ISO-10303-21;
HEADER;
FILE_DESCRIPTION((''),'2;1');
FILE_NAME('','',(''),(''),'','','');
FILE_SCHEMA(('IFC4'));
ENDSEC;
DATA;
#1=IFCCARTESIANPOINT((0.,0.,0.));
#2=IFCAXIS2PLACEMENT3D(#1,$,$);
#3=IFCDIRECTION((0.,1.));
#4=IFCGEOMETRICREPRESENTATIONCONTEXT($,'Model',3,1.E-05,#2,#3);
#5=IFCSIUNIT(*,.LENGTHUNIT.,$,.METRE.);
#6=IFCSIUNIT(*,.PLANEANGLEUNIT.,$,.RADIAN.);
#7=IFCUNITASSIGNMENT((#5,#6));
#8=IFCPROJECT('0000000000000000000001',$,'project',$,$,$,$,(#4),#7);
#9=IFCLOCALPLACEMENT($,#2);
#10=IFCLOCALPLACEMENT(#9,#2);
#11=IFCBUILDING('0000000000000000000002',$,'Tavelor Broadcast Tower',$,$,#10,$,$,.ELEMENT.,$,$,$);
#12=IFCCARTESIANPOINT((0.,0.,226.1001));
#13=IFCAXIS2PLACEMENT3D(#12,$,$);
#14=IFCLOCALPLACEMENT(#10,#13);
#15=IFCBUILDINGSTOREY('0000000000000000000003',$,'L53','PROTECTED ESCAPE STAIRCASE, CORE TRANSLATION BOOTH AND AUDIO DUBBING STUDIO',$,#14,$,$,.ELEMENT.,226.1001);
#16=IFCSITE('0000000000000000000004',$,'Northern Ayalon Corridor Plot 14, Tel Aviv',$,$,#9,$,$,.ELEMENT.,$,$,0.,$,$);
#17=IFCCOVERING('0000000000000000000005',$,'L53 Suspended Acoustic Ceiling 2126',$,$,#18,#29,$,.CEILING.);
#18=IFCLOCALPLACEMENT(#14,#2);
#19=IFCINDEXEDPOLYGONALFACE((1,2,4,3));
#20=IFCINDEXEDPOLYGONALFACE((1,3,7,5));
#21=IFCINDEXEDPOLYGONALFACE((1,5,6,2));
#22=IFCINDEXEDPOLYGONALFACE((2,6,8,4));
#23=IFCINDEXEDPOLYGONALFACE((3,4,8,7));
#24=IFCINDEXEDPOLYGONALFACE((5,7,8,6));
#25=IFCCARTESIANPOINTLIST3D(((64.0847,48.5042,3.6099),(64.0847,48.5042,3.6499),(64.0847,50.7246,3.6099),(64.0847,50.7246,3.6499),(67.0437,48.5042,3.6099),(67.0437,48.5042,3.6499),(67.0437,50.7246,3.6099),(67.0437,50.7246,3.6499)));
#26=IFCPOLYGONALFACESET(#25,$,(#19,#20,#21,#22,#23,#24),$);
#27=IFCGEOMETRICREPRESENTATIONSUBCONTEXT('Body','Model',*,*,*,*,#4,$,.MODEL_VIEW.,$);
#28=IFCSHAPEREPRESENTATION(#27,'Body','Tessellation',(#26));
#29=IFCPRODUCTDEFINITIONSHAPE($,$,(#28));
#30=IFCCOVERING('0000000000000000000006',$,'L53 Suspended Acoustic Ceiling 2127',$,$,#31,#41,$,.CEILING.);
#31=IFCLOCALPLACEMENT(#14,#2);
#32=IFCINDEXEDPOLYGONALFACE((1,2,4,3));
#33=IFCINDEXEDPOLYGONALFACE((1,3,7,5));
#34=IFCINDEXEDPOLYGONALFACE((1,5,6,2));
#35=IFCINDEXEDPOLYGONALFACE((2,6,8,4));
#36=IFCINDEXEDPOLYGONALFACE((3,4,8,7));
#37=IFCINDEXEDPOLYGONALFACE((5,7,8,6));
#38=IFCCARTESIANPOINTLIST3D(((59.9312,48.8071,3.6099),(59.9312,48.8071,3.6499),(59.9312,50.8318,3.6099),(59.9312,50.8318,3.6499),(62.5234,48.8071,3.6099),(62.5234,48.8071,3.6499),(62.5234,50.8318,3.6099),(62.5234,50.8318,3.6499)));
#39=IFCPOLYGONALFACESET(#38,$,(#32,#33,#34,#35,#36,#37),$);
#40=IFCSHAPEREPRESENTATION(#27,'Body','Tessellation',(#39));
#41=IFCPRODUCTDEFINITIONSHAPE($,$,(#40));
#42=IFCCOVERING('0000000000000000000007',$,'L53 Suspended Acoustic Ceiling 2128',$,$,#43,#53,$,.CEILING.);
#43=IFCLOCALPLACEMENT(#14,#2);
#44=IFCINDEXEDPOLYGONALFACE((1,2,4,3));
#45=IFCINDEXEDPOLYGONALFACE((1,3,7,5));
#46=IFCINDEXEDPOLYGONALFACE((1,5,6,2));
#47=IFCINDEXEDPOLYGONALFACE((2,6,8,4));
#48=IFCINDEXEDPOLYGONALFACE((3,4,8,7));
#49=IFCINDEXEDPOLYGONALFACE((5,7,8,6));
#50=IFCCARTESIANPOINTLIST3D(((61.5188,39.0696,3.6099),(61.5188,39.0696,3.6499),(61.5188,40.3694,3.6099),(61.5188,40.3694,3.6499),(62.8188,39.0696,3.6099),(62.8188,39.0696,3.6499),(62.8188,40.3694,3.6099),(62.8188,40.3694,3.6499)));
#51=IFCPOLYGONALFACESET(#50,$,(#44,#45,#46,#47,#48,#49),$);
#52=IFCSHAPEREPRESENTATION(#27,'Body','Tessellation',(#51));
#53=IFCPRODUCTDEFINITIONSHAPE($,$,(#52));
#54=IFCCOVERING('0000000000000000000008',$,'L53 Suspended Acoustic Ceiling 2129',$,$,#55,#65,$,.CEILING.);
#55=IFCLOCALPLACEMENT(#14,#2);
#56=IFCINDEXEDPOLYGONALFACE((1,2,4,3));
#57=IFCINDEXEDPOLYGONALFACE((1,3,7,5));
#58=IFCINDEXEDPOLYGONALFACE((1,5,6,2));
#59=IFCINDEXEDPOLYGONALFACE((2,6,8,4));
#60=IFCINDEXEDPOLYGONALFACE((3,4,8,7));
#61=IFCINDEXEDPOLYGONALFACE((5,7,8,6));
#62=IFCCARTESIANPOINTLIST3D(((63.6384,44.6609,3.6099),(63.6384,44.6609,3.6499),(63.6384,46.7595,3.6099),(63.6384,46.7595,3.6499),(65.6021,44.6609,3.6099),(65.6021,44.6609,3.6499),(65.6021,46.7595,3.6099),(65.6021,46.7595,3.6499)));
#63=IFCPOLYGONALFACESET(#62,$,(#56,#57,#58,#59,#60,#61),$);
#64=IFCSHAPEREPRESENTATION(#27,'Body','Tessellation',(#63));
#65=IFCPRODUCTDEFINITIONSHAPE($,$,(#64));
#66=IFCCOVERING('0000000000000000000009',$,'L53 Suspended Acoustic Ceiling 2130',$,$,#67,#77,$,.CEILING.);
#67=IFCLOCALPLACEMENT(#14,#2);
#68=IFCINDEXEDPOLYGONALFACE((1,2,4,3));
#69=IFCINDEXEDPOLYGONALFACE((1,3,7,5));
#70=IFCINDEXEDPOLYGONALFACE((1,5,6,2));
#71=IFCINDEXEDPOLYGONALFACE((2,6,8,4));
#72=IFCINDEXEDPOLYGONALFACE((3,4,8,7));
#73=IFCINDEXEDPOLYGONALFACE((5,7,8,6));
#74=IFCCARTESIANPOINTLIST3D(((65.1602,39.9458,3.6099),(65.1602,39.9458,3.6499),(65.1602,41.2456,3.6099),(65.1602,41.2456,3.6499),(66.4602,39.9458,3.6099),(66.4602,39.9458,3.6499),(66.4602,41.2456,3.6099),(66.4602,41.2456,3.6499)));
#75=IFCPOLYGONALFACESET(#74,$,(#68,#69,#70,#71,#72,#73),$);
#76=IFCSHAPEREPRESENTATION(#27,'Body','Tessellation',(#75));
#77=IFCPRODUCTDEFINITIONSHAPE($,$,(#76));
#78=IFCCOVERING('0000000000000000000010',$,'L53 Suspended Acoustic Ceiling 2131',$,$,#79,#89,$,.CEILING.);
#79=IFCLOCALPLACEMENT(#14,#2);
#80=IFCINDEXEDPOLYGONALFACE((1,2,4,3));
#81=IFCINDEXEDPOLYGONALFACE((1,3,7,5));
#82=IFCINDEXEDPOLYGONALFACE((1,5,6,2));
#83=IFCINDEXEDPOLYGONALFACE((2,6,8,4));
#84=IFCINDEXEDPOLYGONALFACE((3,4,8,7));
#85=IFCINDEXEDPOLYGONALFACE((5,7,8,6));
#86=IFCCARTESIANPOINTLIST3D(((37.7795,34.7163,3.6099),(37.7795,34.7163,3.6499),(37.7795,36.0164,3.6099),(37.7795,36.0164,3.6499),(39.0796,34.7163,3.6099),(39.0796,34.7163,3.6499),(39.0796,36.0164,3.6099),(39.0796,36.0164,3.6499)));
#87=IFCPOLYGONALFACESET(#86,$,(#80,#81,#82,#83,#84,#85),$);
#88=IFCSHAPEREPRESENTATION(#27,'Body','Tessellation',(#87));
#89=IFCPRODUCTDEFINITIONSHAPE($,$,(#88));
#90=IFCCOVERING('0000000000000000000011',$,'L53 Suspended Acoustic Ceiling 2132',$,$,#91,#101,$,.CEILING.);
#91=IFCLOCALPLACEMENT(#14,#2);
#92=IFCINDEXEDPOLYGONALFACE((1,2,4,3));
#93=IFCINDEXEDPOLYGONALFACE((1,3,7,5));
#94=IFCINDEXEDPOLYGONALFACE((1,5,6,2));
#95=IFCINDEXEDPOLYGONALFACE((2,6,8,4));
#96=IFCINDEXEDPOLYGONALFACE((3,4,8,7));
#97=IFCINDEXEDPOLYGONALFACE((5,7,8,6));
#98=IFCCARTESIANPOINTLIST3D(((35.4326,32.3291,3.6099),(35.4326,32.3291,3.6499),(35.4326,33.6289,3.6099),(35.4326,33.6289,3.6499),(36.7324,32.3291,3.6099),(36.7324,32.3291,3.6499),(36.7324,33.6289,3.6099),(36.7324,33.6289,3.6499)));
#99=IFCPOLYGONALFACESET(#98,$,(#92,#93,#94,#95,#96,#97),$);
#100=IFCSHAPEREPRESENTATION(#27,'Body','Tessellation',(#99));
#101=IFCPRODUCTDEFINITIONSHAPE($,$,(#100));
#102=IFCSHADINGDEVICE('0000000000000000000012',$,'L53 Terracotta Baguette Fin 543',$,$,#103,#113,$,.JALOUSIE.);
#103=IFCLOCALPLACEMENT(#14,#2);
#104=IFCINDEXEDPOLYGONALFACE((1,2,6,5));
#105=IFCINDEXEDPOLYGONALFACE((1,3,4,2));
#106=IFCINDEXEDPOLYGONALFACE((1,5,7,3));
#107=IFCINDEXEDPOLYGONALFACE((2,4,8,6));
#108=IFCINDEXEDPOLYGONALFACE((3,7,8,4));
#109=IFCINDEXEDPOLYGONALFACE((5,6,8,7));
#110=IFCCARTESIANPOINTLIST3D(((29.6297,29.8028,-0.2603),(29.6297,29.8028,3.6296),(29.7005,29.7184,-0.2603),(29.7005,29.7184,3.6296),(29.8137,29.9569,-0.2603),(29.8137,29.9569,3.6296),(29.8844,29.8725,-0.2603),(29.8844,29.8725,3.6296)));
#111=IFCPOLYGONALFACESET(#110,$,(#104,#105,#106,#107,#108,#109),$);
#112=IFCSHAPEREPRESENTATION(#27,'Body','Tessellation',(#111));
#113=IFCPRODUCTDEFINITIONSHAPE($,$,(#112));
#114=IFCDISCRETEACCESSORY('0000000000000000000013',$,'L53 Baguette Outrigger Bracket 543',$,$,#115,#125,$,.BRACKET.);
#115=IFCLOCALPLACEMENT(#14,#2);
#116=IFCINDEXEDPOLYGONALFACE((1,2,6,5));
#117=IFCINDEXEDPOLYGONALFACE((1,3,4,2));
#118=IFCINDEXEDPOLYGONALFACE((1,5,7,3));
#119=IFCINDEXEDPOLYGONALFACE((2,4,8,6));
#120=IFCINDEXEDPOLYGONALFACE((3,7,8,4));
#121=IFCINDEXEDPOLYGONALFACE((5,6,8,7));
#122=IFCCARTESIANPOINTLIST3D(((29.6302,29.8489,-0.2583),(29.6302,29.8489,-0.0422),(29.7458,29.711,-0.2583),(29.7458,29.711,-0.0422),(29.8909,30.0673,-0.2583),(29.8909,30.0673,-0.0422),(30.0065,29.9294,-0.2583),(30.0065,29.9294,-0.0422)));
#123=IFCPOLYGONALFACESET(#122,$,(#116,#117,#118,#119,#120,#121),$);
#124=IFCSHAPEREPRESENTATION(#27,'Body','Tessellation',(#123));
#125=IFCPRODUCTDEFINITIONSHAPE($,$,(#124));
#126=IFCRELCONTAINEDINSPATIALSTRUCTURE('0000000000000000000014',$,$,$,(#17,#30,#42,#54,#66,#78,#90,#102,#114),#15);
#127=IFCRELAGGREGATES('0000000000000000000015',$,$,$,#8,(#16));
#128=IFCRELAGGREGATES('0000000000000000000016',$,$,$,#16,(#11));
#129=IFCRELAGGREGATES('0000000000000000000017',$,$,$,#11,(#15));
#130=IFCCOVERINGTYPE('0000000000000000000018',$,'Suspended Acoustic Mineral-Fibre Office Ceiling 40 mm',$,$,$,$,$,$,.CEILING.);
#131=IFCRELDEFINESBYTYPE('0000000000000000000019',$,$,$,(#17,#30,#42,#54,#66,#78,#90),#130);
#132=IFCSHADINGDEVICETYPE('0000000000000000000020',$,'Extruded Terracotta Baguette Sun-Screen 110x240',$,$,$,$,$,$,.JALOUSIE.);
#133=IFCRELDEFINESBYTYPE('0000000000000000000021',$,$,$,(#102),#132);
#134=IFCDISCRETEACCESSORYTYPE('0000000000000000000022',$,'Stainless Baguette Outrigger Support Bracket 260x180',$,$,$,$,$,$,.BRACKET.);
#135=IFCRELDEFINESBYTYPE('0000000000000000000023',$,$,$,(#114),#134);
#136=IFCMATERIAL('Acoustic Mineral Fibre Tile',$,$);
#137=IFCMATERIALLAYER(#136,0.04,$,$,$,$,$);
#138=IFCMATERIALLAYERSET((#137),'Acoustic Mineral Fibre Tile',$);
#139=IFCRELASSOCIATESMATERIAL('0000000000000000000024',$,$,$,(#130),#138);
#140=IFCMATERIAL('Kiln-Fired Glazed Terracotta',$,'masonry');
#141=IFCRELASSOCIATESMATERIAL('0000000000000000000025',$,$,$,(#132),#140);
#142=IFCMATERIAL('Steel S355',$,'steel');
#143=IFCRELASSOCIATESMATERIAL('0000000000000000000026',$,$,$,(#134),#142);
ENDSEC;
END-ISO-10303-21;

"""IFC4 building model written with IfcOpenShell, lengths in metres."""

from ifc_helpers import new_model, si_unit, direction, frame, origin, origin_2d, place, context, subcontext, project, spatial, polyline, rectangle, outline, extrude, source, transform, mapped, material, layer, layer_set, type_object, type_shapes, element, save


model = new_model("IFC4")

# Units and contexts
model_context = context("Model", 3, precision=1e-05, world=origin(), true_north=direction((0.0, 1.0)))
body_context = subcontext(model_context, "Body", "Model", "MODEL_VIEW")
ifc_project = project(units=[si_unit("LENGTHUNIT", "METRE"), si_unit("PLANEANGLEUNIT", "RADIAN")], contexts=[model_context])

# Site, building, storey
site_placement = place(None, origin())
site = spatial("IfcSite", under=ifc_project, at=site_placement, Name="Northern Ayalon Corridor Plot 14, Tel Aviv", CompositionType="ELEMENT", RefElevation=0.0)
building_placement = place(site_placement, origin())
building = spatial("IfcBuilding", under=site, at=building_placement, Name="Tavelor Broadcast Tower", CompositionType="ELEMENT")
storey_placement = place(building_placement, frame((0.0, 0.0, 226.1001)))
storey = spatial("IfcBuildingStorey", under=building, at=storey_placement, Name="L53", Description="PROTECTED ESCAPE STAIRCASE, CORE TRANSLATION BOOTH AND AUDIO DUBBING STUDIO", CompositionType="ELEMENT", Elevation=226.1001)

# Coverings
ifc_material_1 = material(Name="Acoustic Mineral Fibre Tile")
ifc_layer_1 = layer(ifc_material_1, 0.04)
ifc_layer_set_1 = layer_set([ifc_layer_1], Name="Acoustic Mineral Fibre Tile")
covering_type_1 = type_object("IfcCoveringType", Name="Suspended Acoustic Mineral-Fibre Office Ceiling 40 mm", PredefinedType="CEILING", material=ifc_layer_set_1)
covering_1_placement = place(storey_placement, frame((0.0, 0.0, 3.6099)))
element("IfcCovering", 1, at=covering_1_placement, inside=storey, type_object=covering_type_1, Name="L53 Suspended Acoustic Ceiling 2126", PredefinedType="CEILING", context=body_context, shape_type="SweptSolid", body=[
    extrude(outline(polyline([(64.0847, 48.5042), (67.0437, 48.5042), (67.0437, 50.7246), (64.0847, 50.7246), (64.0847, 48.5042)])), origin(), (0.0, 0.0, 1.0), 0.04),
])
covering_2_placement = place(storey_placement, frame((0.0, 0.0, 3.6099)))
element("IfcCovering", 2, at=covering_2_placement, inside=storey, type_object=covering_type_1, Name="L53 Suspended Acoustic Ceiling 2127", PredefinedType="CEILING", context=body_context, shape_type="SweptSolid", body=[
    extrude(outline(polyline([(59.9312, 48.8071), (62.5234, 48.8071), (62.5234, 50.8318), (59.9312, 50.8318), (59.9312, 48.8071)])), origin(), (0.0, 0.0, 1.0), 0.04),
])
covering_3_placement = place(storey_placement, frame((0.0, 0.0, 3.6099)))
element("IfcCovering", 3, at=covering_3_placement, inside=storey, type_object=covering_type_1, Name="L53 Suspended Acoustic Ceiling 2128", PredefinedType="CEILING", context=body_context, shape_type="SweptSolid", body=[
    extrude(outline(polyline([(61.5188, 39.0696), (62.8188, 39.0696), (62.8188, 40.3694), (61.5188, 40.3694), (61.5188, 39.0696)])), origin(), (0.0, 0.0, 1.0), 0.04),
])
covering_4_placement = place(storey_placement, frame((0.0, 0.0, 3.6099)))
element("IfcCovering", 4, at=covering_4_placement, inside=storey, type_object=covering_type_1, Name="L53 Suspended Acoustic Ceiling 2129", PredefinedType="CEILING", context=body_context, shape_type="SweptSolid", body=[
    extrude(outline(polyline([(63.6384, 44.6609), (65.6021, 44.6609), (65.6021, 46.7595), (63.6384, 46.7595), (63.6384, 44.6609)])), origin(), (0.0, 0.0, 1.0), 0.04),
])
covering_5_placement = place(storey_placement, frame((0.0, 0.0, 3.6099)))
element("IfcCovering", 5, at=covering_5_placement, inside=storey, type_object=covering_type_1, Name="L53 Suspended Acoustic Ceiling 2130", PredefinedType="CEILING", context=body_context, shape_type="SweptSolid", body=[
    extrude(outline(polyline([(65.1602, 39.9458), (66.4602, 39.9458), (66.4602, 41.2456), (65.1602, 41.2456), (65.1602, 39.9458)])), origin(), (0.0, 0.0, 1.0), 0.04),
])
covering_6_placement = place(storey_placement, frame((0.0, 0.0, 3.6099)))
element("IfcCovering", 6, at=covering_6_placement, inside=storey, type_object=covering_type_1, Name="L53 Suspended Acoustic Ceiling 2131", PredefinedType="CEILING", context=body_context, shape_type="SweptSolid", body=[
    extrude(outline(polyline([(37.7795, 34.7163), (39.0796, 34.7163), (39.0796, 36.0164), (37.7795, 36.0164), (37.7795, 34.7163)])), origin(), (0.0, 0.0, 1.0), 0.04),
])
covering_7_placement = place(storey_placement, frame((0.0, 0.0, 3.6099)))
element("IfcCovering", 7, at=covering_7_placement, inside=storey, type_object=covering_type_1, Name="L53 Suspended Acoustic Ceiling 2132", PredefinedType="CEILING", context=body_context, shape_type="SweptSolid", body=[
    extrude(outline(polyline([(35.4326, 32.3291), (36.7324, 32.3291), (36.7324, 33.6289), (35.4326, 33.6289), (35.4326, 32.3291)])), origin(), (0.0, 0.0, 1.0), 0.04),
])

# Shading device
ifc_material_2 = material(Name="Kiln-Fired Glazed Terracotta", Category="masonry")
shading_device_type = type_object("IfcShadingDeviceType", Name="Extruded Terracotta Baguette Sun-Screen 110x240", PredefinedType="JALOUSIE", material=ifc_material_2)
shared_shape_1 = source(origin(), body_context, "Body", "SweptSolid", [
    extrude(rectangle(XDim=0.1101, YDim=0.24, at=origin_2d()), origin(), (0.0, 0.0, 1.0), 3.8899),
])
type_shapes(shading_device_type, [shared_shape_1])
shading_device_placement = place(storey_placement, frame((29.7571, 29.8376, -0.2603), z_axis=(0.0, 0.0, 1.0), x_axis=(0.642253, -0.766493, 0.0)))
element("IfcShadingDevice", 8, at=shading_device_placement, inside=storey, type_object=shading_device_type, Name="L53 Terracotta Baguette Fin 543", PredefinedType="JALOUSIE", context=body_context, shape_type="MappedRepresentation", body=[
    mapped(shared_shape_1, transform((0.0, 0.0, 0.0), scale=1.0)),
])

# Discrete accessory
ifc_material_3 = material(Name="Steel S355", Category="steel")
discrete_accessory_type = type_object("IfcDiscreteAccessoryType", Name="Stainless Baguette Outrigger Support Bracket 260x180", PredefinedType="BRACKET", material=ifc_material_3)
shared_shape_2 = source(origin(), body_context, "Body", "SweptSolid", [
    extrude(rectangle(XDim=0.1799, YDim=0.3401, at=origin_2d()), origin(), (0.0, 0.0, 1.0), 0.2161),
])
type_shapes(discrete_accessory_type, [shared_shape_2])
discrete_accessory_placement = place(storey_placement, frame((29.8184, 29.8892, -0.2583), z_axis=(0.0, 0.0, 1.0), x_axis=(0.642253, -0.766493, 0.0)))
element("IfcDiscreteAccessory", 9, at=discrete_accessory_placement, inside=storey, type_object=discrete_accessory_type, Name="L53 Baguette Outrigger Bracket 543", PredefinedType="BRACKET", context=body_context, shape_type="MappedRepresentation", body=[
    mapped(shared_shape_2, transform((0.0, 0.0, 0.0), scale=1.0)),
])

save(model, "model.ifc")
